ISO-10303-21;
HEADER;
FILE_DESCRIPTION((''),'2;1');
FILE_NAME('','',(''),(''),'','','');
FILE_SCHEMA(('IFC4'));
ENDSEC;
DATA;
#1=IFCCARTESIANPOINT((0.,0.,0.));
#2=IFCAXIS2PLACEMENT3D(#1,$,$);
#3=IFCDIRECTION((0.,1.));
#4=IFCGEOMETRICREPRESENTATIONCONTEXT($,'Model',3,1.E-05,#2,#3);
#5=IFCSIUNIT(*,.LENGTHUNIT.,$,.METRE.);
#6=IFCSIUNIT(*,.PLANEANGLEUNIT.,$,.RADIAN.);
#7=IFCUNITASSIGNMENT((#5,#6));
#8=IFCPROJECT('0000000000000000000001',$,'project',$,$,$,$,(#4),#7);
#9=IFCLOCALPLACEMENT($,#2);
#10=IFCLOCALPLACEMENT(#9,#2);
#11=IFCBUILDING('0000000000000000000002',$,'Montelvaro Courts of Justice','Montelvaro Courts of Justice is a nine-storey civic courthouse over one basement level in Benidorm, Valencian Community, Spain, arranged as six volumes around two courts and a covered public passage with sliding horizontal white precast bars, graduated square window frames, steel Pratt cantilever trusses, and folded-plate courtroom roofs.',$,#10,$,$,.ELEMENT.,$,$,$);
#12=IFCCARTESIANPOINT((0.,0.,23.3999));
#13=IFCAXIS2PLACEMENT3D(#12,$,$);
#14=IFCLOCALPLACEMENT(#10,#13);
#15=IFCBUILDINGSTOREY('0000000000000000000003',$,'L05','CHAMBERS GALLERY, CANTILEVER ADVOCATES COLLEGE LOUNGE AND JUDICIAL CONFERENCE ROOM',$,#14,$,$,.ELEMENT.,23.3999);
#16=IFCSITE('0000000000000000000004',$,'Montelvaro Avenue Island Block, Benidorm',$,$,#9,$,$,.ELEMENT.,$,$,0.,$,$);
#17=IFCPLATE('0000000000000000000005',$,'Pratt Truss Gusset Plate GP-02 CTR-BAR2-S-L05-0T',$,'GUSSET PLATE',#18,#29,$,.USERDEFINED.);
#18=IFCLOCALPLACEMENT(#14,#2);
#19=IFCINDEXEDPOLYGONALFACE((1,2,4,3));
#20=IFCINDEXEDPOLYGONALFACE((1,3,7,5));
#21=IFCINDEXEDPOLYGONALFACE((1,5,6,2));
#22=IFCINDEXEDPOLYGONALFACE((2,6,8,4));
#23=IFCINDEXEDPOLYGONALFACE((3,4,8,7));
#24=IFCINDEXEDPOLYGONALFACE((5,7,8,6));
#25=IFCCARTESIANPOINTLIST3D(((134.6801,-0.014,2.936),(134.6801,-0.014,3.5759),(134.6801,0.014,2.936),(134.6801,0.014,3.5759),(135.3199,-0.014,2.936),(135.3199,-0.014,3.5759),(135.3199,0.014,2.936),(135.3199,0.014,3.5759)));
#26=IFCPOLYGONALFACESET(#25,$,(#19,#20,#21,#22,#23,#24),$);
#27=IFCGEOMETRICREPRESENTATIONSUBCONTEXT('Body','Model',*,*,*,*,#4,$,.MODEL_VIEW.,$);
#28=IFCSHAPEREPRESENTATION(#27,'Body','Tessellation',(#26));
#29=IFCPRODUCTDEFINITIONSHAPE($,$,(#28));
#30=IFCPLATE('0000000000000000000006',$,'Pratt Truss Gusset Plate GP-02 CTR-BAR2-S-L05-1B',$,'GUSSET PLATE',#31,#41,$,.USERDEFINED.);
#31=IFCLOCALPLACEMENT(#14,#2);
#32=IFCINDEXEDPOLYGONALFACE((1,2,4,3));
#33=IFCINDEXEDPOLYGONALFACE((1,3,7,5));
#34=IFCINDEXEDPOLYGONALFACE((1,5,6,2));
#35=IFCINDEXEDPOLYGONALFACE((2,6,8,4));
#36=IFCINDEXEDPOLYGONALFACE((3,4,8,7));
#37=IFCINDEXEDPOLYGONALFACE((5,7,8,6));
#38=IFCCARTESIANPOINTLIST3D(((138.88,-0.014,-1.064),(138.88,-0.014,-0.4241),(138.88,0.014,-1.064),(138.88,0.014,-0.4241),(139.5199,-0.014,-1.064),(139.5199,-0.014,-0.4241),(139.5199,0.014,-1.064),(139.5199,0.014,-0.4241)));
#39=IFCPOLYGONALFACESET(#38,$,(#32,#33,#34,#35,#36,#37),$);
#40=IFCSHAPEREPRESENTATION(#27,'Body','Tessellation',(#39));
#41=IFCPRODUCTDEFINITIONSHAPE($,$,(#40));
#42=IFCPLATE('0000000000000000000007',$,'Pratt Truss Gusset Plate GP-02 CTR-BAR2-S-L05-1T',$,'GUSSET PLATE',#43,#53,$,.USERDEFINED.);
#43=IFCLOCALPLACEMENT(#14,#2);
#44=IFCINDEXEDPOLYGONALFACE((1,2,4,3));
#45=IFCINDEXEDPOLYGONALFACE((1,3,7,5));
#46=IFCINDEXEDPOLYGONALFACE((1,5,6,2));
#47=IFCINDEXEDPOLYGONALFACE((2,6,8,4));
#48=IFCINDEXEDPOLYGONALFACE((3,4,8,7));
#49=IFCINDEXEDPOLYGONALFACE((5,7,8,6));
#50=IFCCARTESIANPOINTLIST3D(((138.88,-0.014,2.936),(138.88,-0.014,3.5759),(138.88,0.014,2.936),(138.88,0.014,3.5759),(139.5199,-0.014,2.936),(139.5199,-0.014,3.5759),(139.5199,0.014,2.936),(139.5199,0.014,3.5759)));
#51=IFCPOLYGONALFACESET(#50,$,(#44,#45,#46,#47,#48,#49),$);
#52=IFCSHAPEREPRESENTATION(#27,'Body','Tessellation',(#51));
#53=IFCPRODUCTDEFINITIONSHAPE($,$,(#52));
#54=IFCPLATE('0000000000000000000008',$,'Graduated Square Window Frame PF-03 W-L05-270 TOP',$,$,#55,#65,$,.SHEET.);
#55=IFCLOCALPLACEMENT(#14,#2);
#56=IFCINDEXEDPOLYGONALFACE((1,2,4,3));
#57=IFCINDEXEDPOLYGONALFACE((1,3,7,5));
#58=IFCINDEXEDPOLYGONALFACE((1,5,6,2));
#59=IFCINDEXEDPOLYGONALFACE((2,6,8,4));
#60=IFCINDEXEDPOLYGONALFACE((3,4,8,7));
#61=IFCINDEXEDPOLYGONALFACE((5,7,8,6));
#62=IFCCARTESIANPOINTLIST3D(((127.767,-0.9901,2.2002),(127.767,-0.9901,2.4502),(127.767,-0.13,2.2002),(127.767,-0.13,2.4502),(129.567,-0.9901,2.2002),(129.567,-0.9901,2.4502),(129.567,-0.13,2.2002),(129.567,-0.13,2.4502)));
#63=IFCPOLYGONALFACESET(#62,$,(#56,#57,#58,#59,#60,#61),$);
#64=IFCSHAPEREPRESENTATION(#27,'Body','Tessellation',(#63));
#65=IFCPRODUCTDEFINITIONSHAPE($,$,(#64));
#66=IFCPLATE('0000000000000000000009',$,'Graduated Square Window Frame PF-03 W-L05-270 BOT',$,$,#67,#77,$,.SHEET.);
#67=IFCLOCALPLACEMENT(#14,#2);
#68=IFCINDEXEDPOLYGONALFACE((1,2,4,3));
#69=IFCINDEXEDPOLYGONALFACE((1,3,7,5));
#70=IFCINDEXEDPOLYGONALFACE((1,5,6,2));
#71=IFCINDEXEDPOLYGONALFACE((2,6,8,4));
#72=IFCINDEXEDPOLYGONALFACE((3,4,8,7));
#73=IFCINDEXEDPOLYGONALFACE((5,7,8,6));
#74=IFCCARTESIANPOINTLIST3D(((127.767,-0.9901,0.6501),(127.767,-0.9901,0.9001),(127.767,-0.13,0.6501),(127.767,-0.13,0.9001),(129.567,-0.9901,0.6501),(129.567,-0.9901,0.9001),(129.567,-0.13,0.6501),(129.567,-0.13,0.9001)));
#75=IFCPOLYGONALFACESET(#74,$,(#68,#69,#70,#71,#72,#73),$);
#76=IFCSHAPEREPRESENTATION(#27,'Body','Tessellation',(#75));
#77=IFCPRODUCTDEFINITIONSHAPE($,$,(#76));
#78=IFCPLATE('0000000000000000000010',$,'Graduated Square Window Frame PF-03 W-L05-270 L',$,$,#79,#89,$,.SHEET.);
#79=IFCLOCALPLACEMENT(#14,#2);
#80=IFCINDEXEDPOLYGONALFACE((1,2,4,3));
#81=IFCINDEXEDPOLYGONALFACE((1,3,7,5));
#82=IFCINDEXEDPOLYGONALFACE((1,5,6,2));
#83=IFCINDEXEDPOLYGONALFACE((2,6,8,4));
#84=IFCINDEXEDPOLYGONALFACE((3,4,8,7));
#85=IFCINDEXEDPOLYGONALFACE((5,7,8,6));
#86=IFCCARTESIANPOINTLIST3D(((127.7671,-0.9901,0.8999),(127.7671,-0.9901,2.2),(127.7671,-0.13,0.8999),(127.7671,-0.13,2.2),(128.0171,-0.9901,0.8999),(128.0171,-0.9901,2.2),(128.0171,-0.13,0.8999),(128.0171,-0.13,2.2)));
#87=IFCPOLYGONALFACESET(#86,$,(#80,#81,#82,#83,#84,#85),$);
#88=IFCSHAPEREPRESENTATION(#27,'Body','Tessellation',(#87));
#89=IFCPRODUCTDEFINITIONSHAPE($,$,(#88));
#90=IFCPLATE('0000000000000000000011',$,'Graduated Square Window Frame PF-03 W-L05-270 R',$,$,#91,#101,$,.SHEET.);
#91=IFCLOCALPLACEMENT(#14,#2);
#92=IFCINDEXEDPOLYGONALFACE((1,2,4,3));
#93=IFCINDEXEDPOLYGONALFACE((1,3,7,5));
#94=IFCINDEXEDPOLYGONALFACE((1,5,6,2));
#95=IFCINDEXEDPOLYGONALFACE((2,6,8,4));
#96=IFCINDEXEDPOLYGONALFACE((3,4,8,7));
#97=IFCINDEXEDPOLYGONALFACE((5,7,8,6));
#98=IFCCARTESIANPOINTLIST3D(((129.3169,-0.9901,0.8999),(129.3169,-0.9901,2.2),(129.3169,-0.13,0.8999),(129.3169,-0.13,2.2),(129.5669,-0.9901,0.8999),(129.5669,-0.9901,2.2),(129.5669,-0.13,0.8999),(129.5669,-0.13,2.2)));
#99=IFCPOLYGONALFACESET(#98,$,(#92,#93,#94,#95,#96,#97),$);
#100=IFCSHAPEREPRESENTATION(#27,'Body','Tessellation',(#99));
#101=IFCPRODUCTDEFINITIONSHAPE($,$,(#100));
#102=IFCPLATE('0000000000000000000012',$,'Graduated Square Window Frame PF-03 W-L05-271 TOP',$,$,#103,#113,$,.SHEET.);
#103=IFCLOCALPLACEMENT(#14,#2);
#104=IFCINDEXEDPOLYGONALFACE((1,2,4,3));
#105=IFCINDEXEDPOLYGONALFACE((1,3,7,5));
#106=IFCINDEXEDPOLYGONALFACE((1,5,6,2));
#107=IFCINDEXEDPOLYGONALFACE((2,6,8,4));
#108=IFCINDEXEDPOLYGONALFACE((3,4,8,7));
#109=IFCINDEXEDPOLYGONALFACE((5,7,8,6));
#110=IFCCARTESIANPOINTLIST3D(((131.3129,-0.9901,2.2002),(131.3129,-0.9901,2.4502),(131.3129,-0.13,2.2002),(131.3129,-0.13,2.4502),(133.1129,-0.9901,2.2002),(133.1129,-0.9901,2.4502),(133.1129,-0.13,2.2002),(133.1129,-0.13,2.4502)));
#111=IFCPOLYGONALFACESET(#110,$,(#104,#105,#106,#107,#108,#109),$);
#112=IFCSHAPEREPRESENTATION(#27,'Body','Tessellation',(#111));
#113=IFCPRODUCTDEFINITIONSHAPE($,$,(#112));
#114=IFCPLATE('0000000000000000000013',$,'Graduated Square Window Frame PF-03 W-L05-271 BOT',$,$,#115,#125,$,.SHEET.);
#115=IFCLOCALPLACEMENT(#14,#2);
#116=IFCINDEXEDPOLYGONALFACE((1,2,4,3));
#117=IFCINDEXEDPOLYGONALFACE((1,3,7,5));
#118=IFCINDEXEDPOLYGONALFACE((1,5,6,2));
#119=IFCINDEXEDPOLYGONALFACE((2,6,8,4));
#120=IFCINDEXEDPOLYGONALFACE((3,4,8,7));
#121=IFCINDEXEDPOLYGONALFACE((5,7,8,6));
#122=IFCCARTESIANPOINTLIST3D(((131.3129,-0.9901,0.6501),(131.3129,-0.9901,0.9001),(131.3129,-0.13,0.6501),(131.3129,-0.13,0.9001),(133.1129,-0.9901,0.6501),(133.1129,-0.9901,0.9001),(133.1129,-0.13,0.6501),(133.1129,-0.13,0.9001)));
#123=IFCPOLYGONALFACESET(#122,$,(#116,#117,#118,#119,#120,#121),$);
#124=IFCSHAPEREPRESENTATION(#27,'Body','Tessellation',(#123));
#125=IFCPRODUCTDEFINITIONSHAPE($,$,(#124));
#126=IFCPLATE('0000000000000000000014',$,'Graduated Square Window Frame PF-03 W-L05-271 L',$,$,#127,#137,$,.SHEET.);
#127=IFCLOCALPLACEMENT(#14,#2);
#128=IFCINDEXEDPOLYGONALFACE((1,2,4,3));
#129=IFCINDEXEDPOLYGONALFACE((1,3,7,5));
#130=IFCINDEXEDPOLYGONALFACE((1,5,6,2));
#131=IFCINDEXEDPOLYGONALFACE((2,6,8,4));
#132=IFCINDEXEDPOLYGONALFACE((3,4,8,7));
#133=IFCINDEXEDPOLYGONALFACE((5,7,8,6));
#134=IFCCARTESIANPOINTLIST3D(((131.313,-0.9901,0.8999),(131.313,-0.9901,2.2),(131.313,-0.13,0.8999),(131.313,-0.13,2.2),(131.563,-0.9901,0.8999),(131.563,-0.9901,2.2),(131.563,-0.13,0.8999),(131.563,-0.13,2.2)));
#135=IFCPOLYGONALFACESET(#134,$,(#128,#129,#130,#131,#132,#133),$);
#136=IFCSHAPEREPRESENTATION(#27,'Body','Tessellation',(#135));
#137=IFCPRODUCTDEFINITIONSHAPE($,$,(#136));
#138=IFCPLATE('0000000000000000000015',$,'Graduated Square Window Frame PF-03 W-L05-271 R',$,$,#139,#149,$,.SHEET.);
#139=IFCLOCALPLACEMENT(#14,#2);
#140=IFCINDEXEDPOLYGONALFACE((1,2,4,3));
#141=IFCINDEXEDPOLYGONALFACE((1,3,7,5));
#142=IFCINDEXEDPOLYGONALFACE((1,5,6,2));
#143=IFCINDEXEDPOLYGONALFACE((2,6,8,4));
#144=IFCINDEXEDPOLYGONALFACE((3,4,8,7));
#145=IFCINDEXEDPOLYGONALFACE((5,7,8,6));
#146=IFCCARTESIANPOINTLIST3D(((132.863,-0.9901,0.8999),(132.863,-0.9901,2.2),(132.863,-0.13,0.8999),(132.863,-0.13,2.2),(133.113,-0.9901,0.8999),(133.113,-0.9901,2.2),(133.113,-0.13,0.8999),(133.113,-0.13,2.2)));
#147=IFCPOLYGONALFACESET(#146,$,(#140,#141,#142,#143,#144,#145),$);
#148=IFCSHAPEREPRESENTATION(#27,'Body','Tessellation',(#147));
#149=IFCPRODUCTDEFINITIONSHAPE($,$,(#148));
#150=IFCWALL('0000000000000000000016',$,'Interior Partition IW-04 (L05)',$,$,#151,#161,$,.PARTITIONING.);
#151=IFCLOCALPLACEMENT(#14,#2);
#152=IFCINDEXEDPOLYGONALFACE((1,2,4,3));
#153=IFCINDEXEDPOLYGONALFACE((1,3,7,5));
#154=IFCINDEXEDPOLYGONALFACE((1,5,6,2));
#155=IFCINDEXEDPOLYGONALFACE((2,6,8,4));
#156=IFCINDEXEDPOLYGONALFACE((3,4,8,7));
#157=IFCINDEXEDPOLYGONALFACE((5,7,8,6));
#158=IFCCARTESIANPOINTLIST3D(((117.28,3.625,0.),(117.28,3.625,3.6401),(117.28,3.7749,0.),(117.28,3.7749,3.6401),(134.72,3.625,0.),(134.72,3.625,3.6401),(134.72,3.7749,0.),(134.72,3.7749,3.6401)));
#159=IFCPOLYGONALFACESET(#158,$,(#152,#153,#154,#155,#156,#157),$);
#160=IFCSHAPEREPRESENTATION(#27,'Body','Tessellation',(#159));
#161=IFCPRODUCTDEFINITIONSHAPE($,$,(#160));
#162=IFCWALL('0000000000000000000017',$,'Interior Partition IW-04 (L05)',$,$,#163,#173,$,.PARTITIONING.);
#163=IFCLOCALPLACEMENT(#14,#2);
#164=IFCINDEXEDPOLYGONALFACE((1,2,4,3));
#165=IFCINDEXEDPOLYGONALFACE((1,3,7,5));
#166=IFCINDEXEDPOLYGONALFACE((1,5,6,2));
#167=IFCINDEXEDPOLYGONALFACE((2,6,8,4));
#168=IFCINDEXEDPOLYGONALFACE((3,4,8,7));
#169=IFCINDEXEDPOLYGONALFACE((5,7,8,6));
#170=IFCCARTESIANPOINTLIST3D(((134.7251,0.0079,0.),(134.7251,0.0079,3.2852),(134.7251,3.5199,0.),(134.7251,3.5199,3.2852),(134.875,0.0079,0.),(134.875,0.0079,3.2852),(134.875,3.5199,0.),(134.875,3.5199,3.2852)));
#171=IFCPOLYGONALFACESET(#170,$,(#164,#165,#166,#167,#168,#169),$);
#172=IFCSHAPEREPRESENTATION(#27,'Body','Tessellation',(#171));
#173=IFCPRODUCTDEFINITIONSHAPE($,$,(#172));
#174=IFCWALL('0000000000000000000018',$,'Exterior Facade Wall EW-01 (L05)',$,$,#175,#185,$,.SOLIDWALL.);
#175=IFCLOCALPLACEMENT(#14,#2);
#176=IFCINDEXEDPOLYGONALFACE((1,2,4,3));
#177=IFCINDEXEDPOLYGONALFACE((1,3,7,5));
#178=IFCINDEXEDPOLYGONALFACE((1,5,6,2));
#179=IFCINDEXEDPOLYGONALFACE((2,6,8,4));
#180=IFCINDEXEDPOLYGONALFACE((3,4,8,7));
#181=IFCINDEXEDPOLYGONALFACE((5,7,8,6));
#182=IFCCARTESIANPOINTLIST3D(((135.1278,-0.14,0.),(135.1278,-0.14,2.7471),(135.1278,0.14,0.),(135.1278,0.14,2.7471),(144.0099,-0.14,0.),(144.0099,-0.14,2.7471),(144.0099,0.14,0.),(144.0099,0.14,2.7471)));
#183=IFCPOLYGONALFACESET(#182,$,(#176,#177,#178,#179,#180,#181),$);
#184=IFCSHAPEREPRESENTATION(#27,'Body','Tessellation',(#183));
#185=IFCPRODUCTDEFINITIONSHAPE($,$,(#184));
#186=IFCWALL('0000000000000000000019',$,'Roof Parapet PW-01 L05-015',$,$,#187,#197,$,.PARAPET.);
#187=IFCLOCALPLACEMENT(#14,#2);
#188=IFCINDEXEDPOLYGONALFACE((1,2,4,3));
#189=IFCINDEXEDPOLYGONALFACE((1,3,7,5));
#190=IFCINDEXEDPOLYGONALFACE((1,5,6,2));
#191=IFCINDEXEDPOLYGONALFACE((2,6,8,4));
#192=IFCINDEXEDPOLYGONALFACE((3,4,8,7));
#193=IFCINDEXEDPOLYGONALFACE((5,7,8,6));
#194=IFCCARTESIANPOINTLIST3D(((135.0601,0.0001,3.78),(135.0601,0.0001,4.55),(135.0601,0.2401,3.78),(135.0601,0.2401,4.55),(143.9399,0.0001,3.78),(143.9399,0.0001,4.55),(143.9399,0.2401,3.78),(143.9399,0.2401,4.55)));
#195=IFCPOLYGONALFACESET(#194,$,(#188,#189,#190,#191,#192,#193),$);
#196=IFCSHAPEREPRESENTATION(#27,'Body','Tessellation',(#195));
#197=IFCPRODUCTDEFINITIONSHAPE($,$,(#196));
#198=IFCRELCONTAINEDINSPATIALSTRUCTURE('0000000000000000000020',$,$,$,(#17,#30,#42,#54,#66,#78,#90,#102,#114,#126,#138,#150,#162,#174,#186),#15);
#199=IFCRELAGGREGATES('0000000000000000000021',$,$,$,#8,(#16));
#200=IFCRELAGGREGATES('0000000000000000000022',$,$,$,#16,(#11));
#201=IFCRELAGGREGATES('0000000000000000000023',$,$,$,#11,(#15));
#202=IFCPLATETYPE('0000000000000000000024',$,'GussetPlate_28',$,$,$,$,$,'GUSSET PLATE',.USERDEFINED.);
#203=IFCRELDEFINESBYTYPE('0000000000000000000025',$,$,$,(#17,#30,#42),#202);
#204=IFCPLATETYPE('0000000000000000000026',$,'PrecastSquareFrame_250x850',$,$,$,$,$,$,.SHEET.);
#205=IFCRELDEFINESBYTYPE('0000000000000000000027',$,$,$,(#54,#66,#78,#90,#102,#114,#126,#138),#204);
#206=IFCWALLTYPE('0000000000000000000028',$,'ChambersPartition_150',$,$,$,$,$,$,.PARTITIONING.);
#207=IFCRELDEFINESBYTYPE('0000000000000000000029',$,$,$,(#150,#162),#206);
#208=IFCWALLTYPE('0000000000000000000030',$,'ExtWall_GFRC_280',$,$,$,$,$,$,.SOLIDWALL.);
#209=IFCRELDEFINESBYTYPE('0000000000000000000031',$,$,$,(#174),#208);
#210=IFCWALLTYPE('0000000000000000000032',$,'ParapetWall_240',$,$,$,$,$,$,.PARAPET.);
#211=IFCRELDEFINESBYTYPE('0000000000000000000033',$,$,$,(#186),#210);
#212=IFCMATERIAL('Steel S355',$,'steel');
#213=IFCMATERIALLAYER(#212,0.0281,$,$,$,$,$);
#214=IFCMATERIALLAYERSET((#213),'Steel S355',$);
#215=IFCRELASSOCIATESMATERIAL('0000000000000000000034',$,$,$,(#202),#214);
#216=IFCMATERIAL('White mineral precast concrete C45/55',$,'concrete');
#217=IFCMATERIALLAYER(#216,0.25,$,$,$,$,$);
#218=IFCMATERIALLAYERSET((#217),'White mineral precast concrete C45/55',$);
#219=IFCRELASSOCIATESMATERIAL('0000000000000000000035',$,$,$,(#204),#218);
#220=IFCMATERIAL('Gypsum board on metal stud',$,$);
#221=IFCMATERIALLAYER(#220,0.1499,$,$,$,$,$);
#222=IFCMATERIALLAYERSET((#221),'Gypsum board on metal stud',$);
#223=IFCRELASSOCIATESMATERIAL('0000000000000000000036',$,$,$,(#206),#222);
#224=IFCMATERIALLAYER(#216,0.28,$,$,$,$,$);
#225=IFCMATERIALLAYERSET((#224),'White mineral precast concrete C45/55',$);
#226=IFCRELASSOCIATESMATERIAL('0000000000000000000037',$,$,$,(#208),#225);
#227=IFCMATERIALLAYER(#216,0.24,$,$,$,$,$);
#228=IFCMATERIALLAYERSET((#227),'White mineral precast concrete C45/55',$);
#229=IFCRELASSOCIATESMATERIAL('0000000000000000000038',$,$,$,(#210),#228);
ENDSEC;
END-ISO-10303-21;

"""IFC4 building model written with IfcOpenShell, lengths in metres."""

from ifc_helpers import new_model, si_unit, direction, frame, frame_2d, origin, origin_2d, place, context, subcontext, project, spatial, rectangle, extrude, material, layer, layer_set, type_object, element, save


model = new_model("IFC4")

# Units and contexts
model_context = context("Model", 3, precision=1e-05, world=origin(), true_north=direction((0.0, 1.0)))
body_context = subcontext(model_context, "Body", "Model", "MODEL_VIEW")
ifc_project = project(units=[si_unit("LENGTHUNIT", "METRE"), si_unit("PLANEANGLEUNIT", "RADIAN")], contexts=[model_context])

# Site, building, storey
site_placement = place(None, origin())
site = spatial("IfcSite", under=ifc_project, at=site_placement, Name="Montelvaro Avenue Island Block, Benidorm", CompositionType="ELEMENT", RefElevation=0.0)
building_placement = place(site_placement, origin())
building = spatial("IfcBuilding", under=site, at=building_placement, Name="Montelvaro Courts of Justice", Description="Montelvaro Courts of Justice is a nine-storey civic courthouse over one basement level in Benidorm, Valencian Community, Spain, arranged as six volumes around two courts and a covered public passage with sliding horizontal white precast bars, graduated square window frames, steel Pratt cantilever trusses, and folded-plate courtroom roofs.", CompositionType="ELEMENT")
storey_placement = place(building_placement, frame((0.0, 0.0, 23.3999)))
storey = spatial("IfcBuildingStorey", under=building, at=storey_placement, Name="L05", Description="CHAMBERS GALLERY, CANTILEVER ADVOCATES COLLEGE LOUNGE AND JUDICIAL CONFERENCE ROOM", CompositionType="ELEMENT", Elevation=23.3999)

# Shared definitions
ifc_material_1 = material(Name="Steel S355", Category="steel")

# Plates
ifc_layer_1 = layer(ifc_material_1, 0.0281)
ifc_layer_set_1 = layer_set([ifc_layer_1], Name="Steel S355")
plate_type_1 = type_object("IfcPlateType", Name="GussetPlate_28", ElementType="GUSSET PLATE", PredefinedType="USERDEFINED", material=ifc_layer_set_1)
for number, where, z_axis, x_axis, name in (
    (1, (135.0, 0.0, 2.936), (0.0, 0.0, 1.0), (1.0, 0.0, 0.0), "Pratt Truss Gusset Plate GP-02 CTR-BAR2-S-L05-0T"),
    (2, (139.2, 0.0, -1.064), (0.0, 0.0, 1.0), (1.0, 0.0, 0.0), "Pratt Truss Gusset Plate GP-02 CTR-BAR2-S-L05-1B"),
    (3, (139.2, 0.0, 2.936), (0.0, 0.0, 1.0), (1.0, 0.0, 0.0), "Pratt Truss Gusset Plate GP-02 CTR-BAR2-S-L05-1T"),
):
    element("IfcPlate", number, at=place(storey_placement, frame(where, z_axis=z_axis, x_axis=x_axis)), inside=storey, type_object=plate_type_1, Name=name, ObjectType="GUSSET PLATE", PredefinedType="USERDEFINED", context=body_context, shape_type="SweptSolid", body=[
        extrude(rectangle(XDim=0.6399, YDim=0.0281, at=origin_2d()), origin(), (0.0, 0.0, 1.0), 0.6399),
    ])
ifc_material_2 = material(Name="White mineral precast concrete C45/55", Category="concrete")
ifc_layer_2 = layer(ifc_material_2, 0.25)
ifc_layer_set_2 = layer_set([ifc_layer_2], Name="White mineral precast concrete C45/55")
plate_type_2 = type_object("IfcPlateType", Name="PrecastSquareFrame_250x850", PredefinedType="SHEET", material=ifc_layer_set_2)
for number, where, z_axis, x_axis, name in (
    (4, (128.667, -0.5601, 2.2002), (0.0, 0.0, 1.0), (1.0, 0.0, 0.0), "Graduated Square Window Frame PF-03 W-L05-270 TOP"),
    (5, (128.667, -0.5601, 0.6501), (0.0, 0.0, 1.0), (1.0, 0.0, 0.0), "Graduated Square Window Frame PF-03 W-L05-270 BOT"),
):
    element("IfcPlate", number, at=place(storey_placement, frame(where, z_axis=z_axis, x_axis=x_axis)), inside=storey, type_object=plate_type_2, Name=name, PredefinedType="SHEET", context=body_context, shape_type="SweptSolid", body=[
        extrude(rectangle(XDim=1.8, YDim=0.8601, at=origin_2d()), origin(), (0.0, 0.0, 1.0), 0.25),
    ])
for number, where, z_axis, x_axis, name in (
    (6, (127.8921, -0.5601, 0.8999), (0.0, 0.0, 1.0), (1.0, 0.0, 0.0), "Graduated Square Window Frame PF-03 W-L05-270 L"),
    (7, (129.4419, -0.5601, 0.8999), (0.0, 0.0, 1.0), (1.0, 0.0, 0.0), "Graduated Square Window Frame PF-03 W-L05-270 R"),
):
    element("IfcPlate", number, at=place(storey_placement, frame(where, z_axis=z_axis, x_axis=x_axis)), inside=storey, type_object=plate_type_2, Name=name, PredefinedType="SHEET", context=body_context, shape_type="SweptSolid", body=[
        extrude(rectangle(XDim=0.25, YDim=0.8601, at=origin_2d()), origin(), (0.0, 0.0, 1.0), 1.3),
    ])
for number, where, z_axis, x_axis, name in (
    (8, (132.2129, -0.5601, 2.2002), (0.0, 0.0, 1.0), (1.0, 0.0, 0.0), "Graduated Square Window Frame PF-03 W-L05-271 TOP"),
    (9, (132.2129, -0.5601, 0.6501), (0.0, 0.0, 1.0), (1.0, 0.0, 0.0), "Graduated Square Window Frame PF-03 W-L05-271 BOT"),
):
    element("IfcPlate", number, at=place(storey_placement, frame(where, z_axis=z_axis, x_axis=x_axis)), inside=storey, type_object=plate_type_2, Name=name, PredefinedType="SHEET", context=body_context, shape_type="SweptSolid", body=[
        extrude(rectangle(XDim=1.8, YDim=0.8601, at=origin_2d()), origin(), (0.0, 0.0, 1.0), 0.25),
    ])
for number, where, z_axis, x_axis, name in (
    (10, (131.438, -0.5601, 0.8999), (0.0, 0.0, 1.0), (1.0, 0.0, 0.0), "Graduated Square Window Frame PF-03 W-L05-271 L"),
    (11, (132.988, -0.5601, 0.8999), (0.0, 0.0, 1.0), (1.0, 0.0, 0.0), "Graduated Square Window Frame PF-03 W-L05-271 R"),
):
    element("IfcPlate", number, at=place(storey_placement, frame(where, z_axis=z_axis, x_axis=x_axis)), inside=storey, type_object=plate_type_2, Name=name, PredefinedType="SHEET", context=body_context, shape_type="SweptSolid", body=[
        extrude(rectangle(XDim=0.25, YDim=0.8601, at=origin_2d()), origin(), (0.0, 0.0, 1.0), 1.3),
    ])

# Walls
ifc_material_3 = material(Name="Gypsum board on metal stud")
ifc_layer_3 = layer(ifc_material_3, 0.1499)
ifc_layer_set_3 = layer_set([ifc_layer_3], Name="Gypsum board on metal stud")
wall_type_1 = type_object("IfcWallType", Name="ChambersPartition_150", PredefinedType="PARTITIONING", material=ifc_layer_set_3)
wall_1_placement = place(storey_placement, frame((134.72, 3.7, 0.0), z_axis=(0.0, 0.0, 1.0), x_axis=(-1.0, 0.0, 0.0)))
element("IfcWall", 12, at=wall_1_placement, inside=storey, type_object=wall_type_1, Name="Interior Partition IW-04 (L05)", PredefinedType="PARTITIONING", context=body_context, shape_type="SweptSolid", body=[
    extrude(rectangle(XDim=17.4399, YDim=0.1499, at=frame_2d((8.72, 0.0))), origin(), (0.0, 0.0, 1.0), 3.6401),
])
wall_2_placement = place(storey_placement, frame((134.8, 0.0081, 0.0), z_axis=(0.0, 0.0, 1.0), x_axis=(0.0, 1.0, 0.0)))
element("IfcWall", 13, at=wall_2_placement, inside=storey, type_object=wall_type_1, Name="Interior Partition IW-04 (L05)", PredefinedType="PARTITIONING", context=body_context, shape_type="SweptSolid", body=[
    extrude(rectangle(XDim=3.512, YDim=0.1499, at=frame_2d((1.7559, 0.0))), origin(), (0.0, 0.0, 1.0), 3.2852),
])
ifc_layer_4 = layer(ifc_material_2, 0.28)
ifc_layer_set_4 = layer_set([ifc_layer_4], Name="White mineral precast concrete C45/55")
wall_type_2 = type_object("IfcWallType", Name="ExtWall_GFRC_280", PredefinedType="SOLIDWALL", material=ifc_layer_set_4)
wall_3_placement = place(storey_placement, frame((135.1279, 0.0, 0.0), z_axis=(0.0, 0.0, 1.0), x_axis=(1.0, 0.0, 0.0)))
element("IfcWall", 14, at=wall_3_placement, inside=storey, type_object=wall_type_2, Name="Exterior Facade Wall EW-01 (L05)", PredefinedType="SOLIDWALL", context=body_context, shape_type="SweptSolid", body=[
    extrude(rectangle(XDim=8.8821, YDim=0.28, at=frame_2d((4.4409, 0.0))), origin(), (0.0, 0.0, 1.0), 2.7471),
])
ifc_layer_5 = layer(ifc_material_2, 0.24)
ifc_layer_set_5 = layer_set([ifc_layer_5], Name="White mineral precast concrete C45/55")
wall_type_3 = type_object("IfcWallType", Name="ParapetWall_240", PredefinedType="PARAPET", material=ifc_layer_set_5)
wall_4_placement = place(storey_placement, frame((135.0601, 0.1201, 3.78), z_axis=(0.0, 0.0, 1.0), x_axis=(1.0, 0.0, 0.0)))
element("IfcWall", 15, at=wall_4_placement, inside=storey, type_object=wall_type_3, Name="Roof Parapet PW-01 L05-015", PredefinedType="PARAPET", context=body_context, shape_type="SweptSolid", body=[
    extrude(rectangle(XDim=8.8799, YDim=0.24, at=frame_2d((4.4399, 0.0))), origin(), (0.0, 0.0, 1.0), 0.77),
])

save(model, "model.ifc")
